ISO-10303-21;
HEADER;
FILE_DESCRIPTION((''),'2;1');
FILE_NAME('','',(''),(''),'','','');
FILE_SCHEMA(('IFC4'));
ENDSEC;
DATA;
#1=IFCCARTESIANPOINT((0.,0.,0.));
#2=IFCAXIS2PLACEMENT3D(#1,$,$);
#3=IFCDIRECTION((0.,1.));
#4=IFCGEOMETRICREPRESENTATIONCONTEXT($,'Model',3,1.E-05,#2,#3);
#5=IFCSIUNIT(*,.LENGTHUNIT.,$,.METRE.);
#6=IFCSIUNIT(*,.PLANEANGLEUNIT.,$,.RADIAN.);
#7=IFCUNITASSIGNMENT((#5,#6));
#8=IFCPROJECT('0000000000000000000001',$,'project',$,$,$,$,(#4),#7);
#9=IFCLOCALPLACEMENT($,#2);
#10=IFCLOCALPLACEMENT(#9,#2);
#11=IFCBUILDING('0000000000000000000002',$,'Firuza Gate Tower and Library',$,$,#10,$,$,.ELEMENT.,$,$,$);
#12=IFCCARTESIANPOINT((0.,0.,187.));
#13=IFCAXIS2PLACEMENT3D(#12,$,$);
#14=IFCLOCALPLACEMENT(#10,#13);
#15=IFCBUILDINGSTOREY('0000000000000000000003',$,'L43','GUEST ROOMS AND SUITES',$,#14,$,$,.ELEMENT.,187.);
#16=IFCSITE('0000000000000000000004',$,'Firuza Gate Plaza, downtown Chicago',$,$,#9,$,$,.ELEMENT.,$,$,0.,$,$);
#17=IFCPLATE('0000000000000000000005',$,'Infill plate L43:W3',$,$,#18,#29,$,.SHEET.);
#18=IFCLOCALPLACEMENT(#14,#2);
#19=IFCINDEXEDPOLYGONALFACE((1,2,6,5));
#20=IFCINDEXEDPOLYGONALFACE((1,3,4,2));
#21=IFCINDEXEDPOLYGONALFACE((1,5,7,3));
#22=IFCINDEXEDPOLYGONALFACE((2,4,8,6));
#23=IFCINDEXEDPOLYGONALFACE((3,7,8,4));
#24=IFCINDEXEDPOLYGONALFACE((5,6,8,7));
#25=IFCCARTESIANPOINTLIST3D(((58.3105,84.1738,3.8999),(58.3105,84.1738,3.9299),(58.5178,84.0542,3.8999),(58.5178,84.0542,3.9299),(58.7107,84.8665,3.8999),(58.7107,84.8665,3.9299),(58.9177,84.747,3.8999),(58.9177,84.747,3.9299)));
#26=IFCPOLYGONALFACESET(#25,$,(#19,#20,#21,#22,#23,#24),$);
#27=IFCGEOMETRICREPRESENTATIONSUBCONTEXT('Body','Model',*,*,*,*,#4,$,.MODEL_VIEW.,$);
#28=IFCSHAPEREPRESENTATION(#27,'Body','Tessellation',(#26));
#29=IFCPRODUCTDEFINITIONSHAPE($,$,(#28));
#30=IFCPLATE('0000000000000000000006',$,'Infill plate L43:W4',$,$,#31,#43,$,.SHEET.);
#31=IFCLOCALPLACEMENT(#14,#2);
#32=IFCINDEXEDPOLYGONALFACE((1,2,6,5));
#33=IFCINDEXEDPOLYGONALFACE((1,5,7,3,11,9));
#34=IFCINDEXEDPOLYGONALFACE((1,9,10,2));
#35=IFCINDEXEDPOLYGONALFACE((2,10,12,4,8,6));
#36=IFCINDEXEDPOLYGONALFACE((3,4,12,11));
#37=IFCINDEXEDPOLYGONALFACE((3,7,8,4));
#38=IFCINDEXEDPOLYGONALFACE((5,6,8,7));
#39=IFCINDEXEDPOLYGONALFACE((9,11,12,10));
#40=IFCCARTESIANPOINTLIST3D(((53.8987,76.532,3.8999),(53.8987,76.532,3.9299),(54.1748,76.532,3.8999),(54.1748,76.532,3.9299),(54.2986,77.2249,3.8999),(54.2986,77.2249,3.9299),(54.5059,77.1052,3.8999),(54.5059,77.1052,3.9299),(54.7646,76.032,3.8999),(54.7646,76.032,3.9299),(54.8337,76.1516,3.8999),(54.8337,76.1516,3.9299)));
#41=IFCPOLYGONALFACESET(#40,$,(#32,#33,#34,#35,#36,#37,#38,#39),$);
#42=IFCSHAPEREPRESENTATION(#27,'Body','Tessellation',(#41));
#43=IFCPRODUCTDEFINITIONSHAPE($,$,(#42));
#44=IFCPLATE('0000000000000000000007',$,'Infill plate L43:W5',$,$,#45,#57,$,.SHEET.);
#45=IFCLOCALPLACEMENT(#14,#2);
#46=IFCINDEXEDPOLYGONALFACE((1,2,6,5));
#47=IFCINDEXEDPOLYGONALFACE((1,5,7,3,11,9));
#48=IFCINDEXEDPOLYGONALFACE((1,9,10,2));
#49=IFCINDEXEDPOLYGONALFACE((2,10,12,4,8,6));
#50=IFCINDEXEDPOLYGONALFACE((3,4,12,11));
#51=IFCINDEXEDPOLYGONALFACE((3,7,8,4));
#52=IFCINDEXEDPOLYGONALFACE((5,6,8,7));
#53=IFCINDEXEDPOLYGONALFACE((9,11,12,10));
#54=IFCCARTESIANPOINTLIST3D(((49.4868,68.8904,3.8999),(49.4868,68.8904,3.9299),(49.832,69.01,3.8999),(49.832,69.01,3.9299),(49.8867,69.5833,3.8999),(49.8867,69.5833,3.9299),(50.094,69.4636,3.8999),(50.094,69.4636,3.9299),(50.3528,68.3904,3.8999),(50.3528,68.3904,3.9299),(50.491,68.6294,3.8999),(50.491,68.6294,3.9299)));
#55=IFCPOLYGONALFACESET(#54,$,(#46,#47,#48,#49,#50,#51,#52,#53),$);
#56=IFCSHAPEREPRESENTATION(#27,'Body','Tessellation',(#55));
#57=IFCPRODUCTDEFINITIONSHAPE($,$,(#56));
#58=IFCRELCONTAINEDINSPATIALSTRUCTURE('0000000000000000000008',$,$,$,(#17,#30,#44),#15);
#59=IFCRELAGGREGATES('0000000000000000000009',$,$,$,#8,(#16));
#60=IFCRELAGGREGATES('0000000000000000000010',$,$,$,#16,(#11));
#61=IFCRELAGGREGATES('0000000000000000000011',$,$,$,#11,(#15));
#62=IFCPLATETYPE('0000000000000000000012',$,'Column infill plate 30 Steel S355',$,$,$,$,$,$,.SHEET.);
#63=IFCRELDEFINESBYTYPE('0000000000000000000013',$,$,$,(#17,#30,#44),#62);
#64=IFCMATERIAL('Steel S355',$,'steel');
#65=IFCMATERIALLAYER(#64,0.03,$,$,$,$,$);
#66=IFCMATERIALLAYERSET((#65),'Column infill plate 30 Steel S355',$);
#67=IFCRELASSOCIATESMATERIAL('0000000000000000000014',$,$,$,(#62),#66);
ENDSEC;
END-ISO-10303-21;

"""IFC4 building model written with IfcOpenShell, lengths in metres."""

from ifc_helpers import new_model, si_unit, direction, frame, origin, place, context, subcontext, project, spatial, polyline, outline, extrude, material, layer, layer_set, type_object, element, save


model = new_model("IFC4")

# Units and contexts
model_context = context("Model", 3, precision=1e-05, world=origin(), true_north=direction((0.0, 1.0)))
body_context = subcontext(model_context, "Body", "Model", "MODEL_VIEW")
ifc_project = project(units=[si_unit("LENGTHUNIT", "METRE"), si_unit("PLANEANGLEUNIT", "RADIAN")], contexts=[model_context])

# Site, building, storey
site_placement = place(None, origin())
site = spatial("IfcSite", under=ifc_project, at=site_placement, Name="Firuza Gate Plaza, downtown Chicago", CompositionType="ELEMENT", RefElevation=0.0)
building_placement = place(site_placement, origin())
building = spatial("IfcBuilding", under=site, at=building_placement, Name="Firuza Gate Tower and Library", CompositionType="ELEMENT")
storey_placement = place(building_placement, frame((0.0, 0.0, 187.0)))
storey = spatial("IfcBuildingStorey", under=building, at=storey_placement, Name="L43", Description="GUEST ROOMS AND SUITES", CompositionType="ELEMENT", Elevation=187.0)

# Plates
ifc_material_1 = material(Name="Steel S355", Category="steel")
ifc_layer_1 = layer(ifc_material_1, 0.03)
ifc_layer_set_1 = layer_set([ifc_layer_1], Name="Column infill plate 30 Steel S355")
plate_type = type_object("IfcPlateType", Name="Column infill plate 30 Steel S355", PredefinedType="SHEET", material=ifc_layer_set_1)
placement_1 = place(storey_placement, frame((0.0, 0.0, 3.8999)))
element("IfcPlate", 1, at=placement_1, inside=storey, type_object=plate_type, Name="Infill plate L43:W3", PredefinedType="SHEET", context=body_context, shape_type="SweptSolid", body=[
    extrude(outline(polyline([(58.3105, 84.1738), (58.5178, 84.0542), (58.9177, 84.7471), (59.5767, 84.3665), (59.5767, 84.3665), (58.7107, 84.8665), (58.3105, 84.1738)])), origin(), (0.0, 0.0, 1.0), 0.03),
])
element("IfcPlate", 2, at=placement_1, inside=storey, type_object=plate_type, Name="Infill plate L43:W4", PredefinedType="SHEET", context=body_context, shape_type="SweptSolid", body=[
    extrude(outline(polyline([(54.7646, 76.032), (54.8337, 76.1516), (54.1748, 76.532), (54.5059, 77.1052), (54.2986, 77.2249), (53.8987, 76.532), (54.7646, 76.032)])), origin(), (0.0, 0.0, 1.0), 0.03),
])
element("IfcPlate", 3, at=placement_1, inside=storey, type_object=plate_type, Name="Infill plate L43:W5", PredefinedType="SHEET", context=body_context, shape_type="SweptSolid", body=[
    extrude(outline(polyline([(50.3528, 68.3904), (50.491, 68.6294), (49.832, 69.01), (50.094, 69.4636), (49.8867, 69.5833), (49.4868, 68.8904), (50.3528, 68.3904)])), origin(), (0.0, 0.0, 1.0), 0.03),
])

save(model, "model.ifc")
